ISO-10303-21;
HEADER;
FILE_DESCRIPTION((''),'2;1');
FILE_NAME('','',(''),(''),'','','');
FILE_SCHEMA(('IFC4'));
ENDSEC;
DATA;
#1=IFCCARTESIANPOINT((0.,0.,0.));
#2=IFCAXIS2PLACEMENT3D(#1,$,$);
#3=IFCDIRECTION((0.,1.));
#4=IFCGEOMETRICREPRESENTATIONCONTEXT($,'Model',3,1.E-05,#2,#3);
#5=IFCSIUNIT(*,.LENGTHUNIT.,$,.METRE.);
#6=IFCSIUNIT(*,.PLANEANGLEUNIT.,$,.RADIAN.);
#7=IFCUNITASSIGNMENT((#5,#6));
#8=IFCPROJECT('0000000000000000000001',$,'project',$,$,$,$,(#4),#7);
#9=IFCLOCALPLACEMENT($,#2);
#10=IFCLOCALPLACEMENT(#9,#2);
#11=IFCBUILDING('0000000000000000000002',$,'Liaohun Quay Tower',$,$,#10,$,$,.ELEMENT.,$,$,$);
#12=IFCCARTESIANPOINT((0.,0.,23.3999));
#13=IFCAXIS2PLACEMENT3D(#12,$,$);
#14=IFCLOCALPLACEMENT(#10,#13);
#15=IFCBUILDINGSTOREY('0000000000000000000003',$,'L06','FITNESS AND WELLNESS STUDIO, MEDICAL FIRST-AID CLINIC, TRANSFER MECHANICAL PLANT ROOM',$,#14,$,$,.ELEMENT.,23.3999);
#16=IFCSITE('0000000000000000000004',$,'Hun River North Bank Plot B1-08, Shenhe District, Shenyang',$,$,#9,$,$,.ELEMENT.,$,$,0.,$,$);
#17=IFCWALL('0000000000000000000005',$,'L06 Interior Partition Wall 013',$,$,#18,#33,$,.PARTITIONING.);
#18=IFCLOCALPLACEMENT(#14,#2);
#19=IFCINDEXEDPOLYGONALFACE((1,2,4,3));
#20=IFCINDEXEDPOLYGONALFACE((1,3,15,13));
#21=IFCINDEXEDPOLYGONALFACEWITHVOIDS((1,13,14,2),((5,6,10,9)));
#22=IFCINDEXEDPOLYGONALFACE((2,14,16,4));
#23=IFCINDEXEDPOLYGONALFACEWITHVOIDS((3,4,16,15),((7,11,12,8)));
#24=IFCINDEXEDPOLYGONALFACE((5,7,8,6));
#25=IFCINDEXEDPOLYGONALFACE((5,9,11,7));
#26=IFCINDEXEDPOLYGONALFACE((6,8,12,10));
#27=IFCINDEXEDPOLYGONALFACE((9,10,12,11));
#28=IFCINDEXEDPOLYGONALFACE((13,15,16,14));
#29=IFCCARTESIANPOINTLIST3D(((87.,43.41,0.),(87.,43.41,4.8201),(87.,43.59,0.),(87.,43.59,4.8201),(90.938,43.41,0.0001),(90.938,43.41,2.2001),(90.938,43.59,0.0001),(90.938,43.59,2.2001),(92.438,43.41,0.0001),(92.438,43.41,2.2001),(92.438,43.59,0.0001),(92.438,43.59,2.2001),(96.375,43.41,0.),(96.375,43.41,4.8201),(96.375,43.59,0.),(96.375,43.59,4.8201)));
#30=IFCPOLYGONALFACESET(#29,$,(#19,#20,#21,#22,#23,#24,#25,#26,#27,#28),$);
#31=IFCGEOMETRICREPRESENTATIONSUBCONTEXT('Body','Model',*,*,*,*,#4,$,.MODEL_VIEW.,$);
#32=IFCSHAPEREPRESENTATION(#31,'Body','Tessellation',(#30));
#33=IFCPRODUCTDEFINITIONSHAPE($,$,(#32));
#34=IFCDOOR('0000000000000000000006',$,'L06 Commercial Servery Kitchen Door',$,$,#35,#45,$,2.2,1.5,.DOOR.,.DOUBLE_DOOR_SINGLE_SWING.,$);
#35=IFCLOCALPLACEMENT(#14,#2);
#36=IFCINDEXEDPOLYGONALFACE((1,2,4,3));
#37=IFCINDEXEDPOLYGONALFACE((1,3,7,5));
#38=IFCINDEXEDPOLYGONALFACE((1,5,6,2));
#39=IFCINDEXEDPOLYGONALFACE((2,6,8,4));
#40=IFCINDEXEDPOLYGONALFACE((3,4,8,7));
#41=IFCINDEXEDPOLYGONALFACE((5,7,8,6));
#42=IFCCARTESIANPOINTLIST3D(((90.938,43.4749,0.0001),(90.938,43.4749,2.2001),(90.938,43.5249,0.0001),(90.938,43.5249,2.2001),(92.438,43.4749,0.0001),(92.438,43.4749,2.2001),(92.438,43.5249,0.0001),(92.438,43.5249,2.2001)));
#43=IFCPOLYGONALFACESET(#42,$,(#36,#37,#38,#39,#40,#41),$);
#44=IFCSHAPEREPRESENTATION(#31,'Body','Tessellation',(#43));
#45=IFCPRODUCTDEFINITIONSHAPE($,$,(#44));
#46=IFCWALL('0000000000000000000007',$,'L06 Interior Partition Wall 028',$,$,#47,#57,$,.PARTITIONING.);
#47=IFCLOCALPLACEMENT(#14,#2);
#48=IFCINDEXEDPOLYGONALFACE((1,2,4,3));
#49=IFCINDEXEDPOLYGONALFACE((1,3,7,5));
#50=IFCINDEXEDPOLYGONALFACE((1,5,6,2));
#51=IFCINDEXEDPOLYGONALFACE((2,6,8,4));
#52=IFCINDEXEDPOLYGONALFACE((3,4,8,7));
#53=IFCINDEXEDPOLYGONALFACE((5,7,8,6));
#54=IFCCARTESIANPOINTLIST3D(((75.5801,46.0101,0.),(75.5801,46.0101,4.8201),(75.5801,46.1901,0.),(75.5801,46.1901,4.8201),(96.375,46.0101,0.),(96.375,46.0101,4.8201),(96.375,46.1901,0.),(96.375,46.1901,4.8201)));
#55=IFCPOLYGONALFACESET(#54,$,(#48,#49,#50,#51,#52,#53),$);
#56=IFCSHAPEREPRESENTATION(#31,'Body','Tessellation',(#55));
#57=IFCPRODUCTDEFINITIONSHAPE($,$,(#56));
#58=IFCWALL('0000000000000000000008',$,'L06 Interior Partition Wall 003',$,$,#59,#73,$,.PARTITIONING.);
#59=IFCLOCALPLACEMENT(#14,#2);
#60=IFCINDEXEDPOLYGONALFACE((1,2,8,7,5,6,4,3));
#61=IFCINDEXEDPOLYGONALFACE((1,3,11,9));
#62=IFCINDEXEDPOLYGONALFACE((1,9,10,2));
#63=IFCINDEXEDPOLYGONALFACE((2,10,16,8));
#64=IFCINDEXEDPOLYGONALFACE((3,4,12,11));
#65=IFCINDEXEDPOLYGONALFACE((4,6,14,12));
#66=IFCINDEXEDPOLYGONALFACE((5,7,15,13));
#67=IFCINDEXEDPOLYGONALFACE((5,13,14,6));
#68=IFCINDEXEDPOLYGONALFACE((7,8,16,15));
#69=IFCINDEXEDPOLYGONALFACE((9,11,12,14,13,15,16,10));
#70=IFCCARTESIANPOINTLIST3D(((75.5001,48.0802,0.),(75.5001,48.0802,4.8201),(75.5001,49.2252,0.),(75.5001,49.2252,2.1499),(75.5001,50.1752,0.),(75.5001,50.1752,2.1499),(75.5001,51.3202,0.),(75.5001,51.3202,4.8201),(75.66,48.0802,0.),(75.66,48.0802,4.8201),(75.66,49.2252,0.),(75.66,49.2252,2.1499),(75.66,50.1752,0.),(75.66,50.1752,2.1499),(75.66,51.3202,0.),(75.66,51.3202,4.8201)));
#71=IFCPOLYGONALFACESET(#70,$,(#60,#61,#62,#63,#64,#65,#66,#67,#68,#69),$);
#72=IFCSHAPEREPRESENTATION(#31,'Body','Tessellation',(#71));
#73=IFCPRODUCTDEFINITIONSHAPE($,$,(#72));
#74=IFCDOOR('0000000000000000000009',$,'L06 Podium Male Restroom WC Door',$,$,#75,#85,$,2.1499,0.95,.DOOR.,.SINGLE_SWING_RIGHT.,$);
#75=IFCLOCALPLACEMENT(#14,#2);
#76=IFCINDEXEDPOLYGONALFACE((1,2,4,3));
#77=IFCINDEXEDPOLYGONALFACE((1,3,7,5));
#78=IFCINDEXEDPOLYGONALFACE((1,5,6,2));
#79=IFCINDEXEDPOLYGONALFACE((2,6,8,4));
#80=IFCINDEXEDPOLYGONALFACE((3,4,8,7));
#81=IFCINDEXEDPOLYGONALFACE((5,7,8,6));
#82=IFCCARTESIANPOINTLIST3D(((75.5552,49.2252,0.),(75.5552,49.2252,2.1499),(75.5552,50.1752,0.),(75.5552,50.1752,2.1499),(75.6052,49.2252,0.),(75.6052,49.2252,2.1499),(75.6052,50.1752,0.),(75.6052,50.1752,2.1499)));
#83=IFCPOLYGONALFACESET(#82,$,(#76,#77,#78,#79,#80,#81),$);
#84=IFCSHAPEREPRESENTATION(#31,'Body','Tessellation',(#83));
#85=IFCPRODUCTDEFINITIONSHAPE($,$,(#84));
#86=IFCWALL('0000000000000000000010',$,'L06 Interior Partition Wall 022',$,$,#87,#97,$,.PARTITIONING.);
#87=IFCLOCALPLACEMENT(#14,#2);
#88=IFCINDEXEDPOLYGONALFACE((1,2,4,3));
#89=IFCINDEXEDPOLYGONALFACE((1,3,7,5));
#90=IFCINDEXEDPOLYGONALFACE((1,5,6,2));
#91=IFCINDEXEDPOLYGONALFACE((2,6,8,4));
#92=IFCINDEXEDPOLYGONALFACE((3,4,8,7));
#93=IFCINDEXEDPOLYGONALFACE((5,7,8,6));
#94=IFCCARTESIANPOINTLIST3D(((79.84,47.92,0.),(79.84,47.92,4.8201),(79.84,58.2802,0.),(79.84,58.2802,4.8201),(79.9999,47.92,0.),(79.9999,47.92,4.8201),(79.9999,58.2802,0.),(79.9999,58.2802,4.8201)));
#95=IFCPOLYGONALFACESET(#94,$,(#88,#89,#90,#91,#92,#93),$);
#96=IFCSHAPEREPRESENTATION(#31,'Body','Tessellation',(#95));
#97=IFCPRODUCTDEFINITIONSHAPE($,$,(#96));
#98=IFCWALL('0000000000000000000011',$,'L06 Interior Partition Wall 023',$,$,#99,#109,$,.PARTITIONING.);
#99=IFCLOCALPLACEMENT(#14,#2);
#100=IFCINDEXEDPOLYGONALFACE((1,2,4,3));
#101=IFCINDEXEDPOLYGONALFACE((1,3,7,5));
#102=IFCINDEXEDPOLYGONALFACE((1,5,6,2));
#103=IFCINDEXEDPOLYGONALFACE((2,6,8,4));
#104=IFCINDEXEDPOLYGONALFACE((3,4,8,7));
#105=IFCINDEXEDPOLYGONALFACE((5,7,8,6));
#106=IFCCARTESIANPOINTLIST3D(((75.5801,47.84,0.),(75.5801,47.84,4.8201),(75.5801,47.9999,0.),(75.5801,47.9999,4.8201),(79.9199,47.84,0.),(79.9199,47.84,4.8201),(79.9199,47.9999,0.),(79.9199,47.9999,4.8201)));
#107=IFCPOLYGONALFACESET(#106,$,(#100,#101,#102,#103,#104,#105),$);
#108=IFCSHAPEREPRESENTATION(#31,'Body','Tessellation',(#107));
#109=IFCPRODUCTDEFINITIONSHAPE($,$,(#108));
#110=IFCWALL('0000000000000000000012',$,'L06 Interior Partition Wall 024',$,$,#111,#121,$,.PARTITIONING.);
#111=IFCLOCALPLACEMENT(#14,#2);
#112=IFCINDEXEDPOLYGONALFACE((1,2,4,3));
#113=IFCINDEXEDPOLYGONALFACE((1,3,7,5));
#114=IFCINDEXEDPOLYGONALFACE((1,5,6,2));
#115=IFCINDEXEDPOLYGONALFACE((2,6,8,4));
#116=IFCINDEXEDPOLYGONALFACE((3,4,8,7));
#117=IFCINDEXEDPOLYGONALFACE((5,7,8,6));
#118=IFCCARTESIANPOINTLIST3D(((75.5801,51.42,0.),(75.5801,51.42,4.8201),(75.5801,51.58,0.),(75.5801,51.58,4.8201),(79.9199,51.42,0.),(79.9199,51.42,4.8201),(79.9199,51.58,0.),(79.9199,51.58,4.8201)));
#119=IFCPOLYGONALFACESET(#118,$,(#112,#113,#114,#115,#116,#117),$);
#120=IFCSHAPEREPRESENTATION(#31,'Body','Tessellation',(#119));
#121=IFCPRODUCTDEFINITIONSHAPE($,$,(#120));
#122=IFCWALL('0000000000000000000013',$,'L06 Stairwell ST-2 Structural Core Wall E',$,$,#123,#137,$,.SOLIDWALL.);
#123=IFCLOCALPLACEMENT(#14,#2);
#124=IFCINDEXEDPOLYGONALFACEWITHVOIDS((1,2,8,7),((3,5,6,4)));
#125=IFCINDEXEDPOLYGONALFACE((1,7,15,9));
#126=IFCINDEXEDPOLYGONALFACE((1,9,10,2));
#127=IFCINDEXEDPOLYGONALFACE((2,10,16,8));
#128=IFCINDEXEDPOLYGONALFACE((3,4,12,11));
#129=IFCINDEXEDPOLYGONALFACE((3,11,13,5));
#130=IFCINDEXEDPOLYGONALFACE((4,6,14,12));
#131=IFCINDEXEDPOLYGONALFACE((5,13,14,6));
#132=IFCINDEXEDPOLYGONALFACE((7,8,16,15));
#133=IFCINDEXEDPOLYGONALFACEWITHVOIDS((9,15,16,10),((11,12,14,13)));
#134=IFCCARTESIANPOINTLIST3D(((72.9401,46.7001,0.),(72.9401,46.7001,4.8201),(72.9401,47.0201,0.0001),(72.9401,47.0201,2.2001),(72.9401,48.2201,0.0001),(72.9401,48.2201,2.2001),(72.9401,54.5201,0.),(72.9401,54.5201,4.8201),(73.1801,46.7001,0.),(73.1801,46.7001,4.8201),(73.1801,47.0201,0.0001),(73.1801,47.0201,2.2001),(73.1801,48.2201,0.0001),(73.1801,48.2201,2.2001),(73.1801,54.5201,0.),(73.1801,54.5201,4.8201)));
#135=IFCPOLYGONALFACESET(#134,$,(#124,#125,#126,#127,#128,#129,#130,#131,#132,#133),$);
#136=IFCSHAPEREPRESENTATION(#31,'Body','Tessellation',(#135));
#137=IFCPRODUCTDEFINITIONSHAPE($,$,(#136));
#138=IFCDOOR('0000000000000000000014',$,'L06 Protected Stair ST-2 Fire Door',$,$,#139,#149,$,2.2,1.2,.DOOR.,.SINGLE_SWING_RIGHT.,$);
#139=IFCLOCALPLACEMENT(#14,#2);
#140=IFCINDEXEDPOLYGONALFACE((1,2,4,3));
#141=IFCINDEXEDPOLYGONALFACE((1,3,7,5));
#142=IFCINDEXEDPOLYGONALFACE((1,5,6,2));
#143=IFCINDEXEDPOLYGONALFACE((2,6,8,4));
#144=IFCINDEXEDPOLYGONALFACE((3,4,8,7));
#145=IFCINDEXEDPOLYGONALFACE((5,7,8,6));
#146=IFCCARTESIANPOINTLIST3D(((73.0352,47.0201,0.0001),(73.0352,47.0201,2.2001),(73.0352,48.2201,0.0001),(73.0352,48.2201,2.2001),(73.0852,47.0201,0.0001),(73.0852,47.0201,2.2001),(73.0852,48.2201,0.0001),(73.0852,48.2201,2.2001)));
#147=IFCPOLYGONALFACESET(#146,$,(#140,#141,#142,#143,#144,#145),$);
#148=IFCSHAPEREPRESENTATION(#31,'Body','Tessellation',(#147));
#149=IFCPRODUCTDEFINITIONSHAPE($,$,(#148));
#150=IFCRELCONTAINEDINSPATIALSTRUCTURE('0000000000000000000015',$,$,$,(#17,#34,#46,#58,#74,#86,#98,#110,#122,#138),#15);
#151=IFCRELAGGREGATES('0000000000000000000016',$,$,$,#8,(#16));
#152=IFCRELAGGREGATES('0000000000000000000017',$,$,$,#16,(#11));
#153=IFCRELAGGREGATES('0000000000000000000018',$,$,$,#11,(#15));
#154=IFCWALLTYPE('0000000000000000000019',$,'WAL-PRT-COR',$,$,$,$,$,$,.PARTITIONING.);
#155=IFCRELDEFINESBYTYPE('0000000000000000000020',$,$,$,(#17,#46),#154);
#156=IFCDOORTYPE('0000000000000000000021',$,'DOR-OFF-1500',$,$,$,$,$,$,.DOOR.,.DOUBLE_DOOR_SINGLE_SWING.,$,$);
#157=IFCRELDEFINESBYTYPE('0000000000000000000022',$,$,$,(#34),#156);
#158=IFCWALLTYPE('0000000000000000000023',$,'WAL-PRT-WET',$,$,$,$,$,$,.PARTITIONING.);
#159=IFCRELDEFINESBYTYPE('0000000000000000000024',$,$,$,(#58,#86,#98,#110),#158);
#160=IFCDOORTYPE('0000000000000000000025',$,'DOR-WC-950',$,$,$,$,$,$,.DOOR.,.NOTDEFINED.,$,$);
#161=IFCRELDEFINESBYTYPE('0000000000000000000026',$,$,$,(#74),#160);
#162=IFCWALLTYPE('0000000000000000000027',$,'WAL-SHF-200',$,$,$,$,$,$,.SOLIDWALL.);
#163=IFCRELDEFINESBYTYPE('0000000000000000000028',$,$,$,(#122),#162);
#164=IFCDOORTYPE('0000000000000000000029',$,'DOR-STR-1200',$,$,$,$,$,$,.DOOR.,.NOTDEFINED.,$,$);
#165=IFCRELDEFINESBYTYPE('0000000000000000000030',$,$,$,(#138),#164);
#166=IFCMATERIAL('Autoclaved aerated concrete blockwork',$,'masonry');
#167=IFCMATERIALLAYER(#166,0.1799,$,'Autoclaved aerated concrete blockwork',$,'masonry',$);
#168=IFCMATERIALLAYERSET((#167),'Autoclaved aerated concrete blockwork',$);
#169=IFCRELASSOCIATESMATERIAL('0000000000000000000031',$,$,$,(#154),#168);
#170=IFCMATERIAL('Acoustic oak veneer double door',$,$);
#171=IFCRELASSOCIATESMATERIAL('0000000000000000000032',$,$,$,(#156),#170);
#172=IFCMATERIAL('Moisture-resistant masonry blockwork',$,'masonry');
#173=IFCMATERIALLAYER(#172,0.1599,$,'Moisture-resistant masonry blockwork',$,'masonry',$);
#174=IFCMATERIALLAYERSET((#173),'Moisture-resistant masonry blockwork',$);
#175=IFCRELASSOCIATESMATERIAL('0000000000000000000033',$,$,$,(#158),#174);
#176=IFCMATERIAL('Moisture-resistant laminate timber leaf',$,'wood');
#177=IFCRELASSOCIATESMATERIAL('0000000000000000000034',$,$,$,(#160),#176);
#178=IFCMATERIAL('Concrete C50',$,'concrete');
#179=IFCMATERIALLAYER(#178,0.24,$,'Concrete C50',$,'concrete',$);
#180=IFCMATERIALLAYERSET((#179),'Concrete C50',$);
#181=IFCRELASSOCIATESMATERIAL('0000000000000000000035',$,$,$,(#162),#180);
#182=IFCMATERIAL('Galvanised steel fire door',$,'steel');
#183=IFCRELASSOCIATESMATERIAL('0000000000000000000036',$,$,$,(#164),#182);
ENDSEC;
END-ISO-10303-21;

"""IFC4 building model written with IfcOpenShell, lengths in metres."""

from ifc_helpers import new_model, si_unit, direction, frame, frame_2d, origin, place, context, subcontext, project, spatial, rectangle, extrude, source, transform, mapped, material, layer, layer_set, type_object, element, fill, save


model = new_model("IFC4")

# Units and contexts
model_context = context("Model", 3, precision=1e-05, world=origin(), true_north=direction((0.0, 1.0)))
body_context = subcontext(model_context, "Body", "Model", "MODEL_VIEW")
ifc_project = project(units=[si_unit("LENGTHUNIT", "METRE"), si_unit("PLANEANGLEUNIT", "RADIAN")], contexts=[model_context])

# Site, building, storey
site_placement = place(None, origin())
site = spatial("IfcSite", under=ifc_project, at=site_placement, Name="Hun River North Bank Plot B1-08, Shenhe District, Shenyang", CompositionType="ELEMENT", RefElevation=0.0)
building_placement = place(site_placement, origin())
building = spatial("IfcBuilding", under=site, at=building_placement, Name="Liaohun Quay Tower", CompositionType="ELEMENT")
storey_placement = place(building_placement, frame((0.0, 0.0, 23.3999)))
storey = spatial("IfcBuildingStorey", under=building, at=storey_placement, Name="L06", Description="FITNESS AND WELLNESS STUDIO, MEDICAL FIRST-AID CLINIC, TRANSFER MECHANICAL PLANT ROOM", CompositionType="ELEMENT", Elevation=23.3999)

# Wall, opening, door
ifc_material_1 = material(Name="Autoclaved aerated concrete blockwork", Category="masonry")
ifc_layer_1 = layer(ifc_material_1, 0.1799, Name="Autoclaved aerated concrete blockwork", Category="masonry")
ifc_layer_set_1 = layer_set([ifc_layer_1], Name="Autoclaved aerated concrete blockwork")
wall_type_1 = type_object("IfcWallType", Name="WAL-PRT-COR", PredefinedType="PARTITIONING", material=ifc_layer_set_1)
wall_1_placement = place(storey_placement, frame((87.0, 43.5, 0.0), z_axis=(0.0, 0.0, 1.0), x_axis=(1.0, 0.0, 0.0)))
wall_1 = element("IfcWall", 1, at=wall_1_placement, inside=storey, type_object=wall_type_1, Name="L06 Interior Partition Wall 013", PredefinedType="PARTITIONING", context=body_context, shape_type="SweptSolid", body=[
    extrude(rectangle(XDim=9.375, YDim=0.1799, at=frame_2d((4.6875, 0.0))), origin(), (0.0, 0.0, 1.0), 4.8201),
])
shared_shape_1 = source(origin(), body_context, "Body", "SweptSolid", [
    extrude(rectangle(XDim=1.5, YDim=2.2, at=frame_2d((0.75, 1.1001))), frame((0.0, 0.0999, 0.0), z_axis=(0.0, -1.0, 0.0), x_axis=(1.0, 0.0, 0.0)), (0.0, 0.0, 1.0), 0.2),
])
opening_1_placement = place(wall_1_placement, frame((3.938, 0.0, 0.0)))
opening_1 = element("IfcOpeningElement", 2, at=opening_1_placement, cuts=wall_1, PredefinedType="OPENING", context=body_context, shape_type="MappedRepresentation", body=[
    mapped(shared_shape_1, transform((0.0, 0.0, 0.0), x_axis=(1.0, 0.0, 0.0), y_axis=(0.0, 1.0, 0.0), z_axis=(0.0, 0.0, 1.0), scale=1.0)),
])
ifc_material_2 = material(Name="Acoustic oak veneer double door")
door_type_1 = type_object("IfcDoorType", Name="DOR-OFF-1500", OperationType="DOUBLE_DOOR_SINGLE_SWING", PredefinedType="DOOR", material=ifc_material_2)
shared_shape_2 = source(origin(), body_context, "Body", "SweptSolid", [
    extrude(rectangle(XDim=1.5, YDim=2.2, at=frame_2d((0.75, 1.1001))), frame((0.0, 0.0249, 0.0), z_axis=(0.0, -1.0, 0.0), x_axis=(1.0, 0.0, 0.0)), (0.0, 0.0, 1.0), 0.05),
])
door_1_placement = place(opening_1_placement, origin())
door_1 = element("IfcDoor", 3, at=door_1_placement, inside=storey, type_object=door_type_1, Name="L06 Commercial Servery Kitchen Door", OperationType="DOUBLE_DOOR_SINGLE_SWING", OverallHeight=2.2, OverallWidth=1.5, PredefinedType="DOOR", context=body_context, shape_type="MappedRepresentation", body=[
    mapped(shared_shape_2, transform((0.0, 0.0, 0.0), x_axis=(1.0, 0.0, 0.0), y_axis=(0.0, 1.0, 0.0), z_axis=(0.0, 0.0, 1.0), scale=1.0)),
])
fill(opening_1, door_1)

# Wall
wall_2_placement = place(storey_placement, frame((75.5801, 46.1001, 0.0), z_axis=(0.0, 0.0, 1.0), x_axis=(1.0, 0.0, 0.0)))
element("IfcWall", 4, at=wall_2_placement, inside=storey, type_object=wall_type_1, Name="L06 Interior Partition Wall 028", PredefinedType="PARTITIONING", context=body_context, shape_type="SweptSolid", body=[
    extrude(rectangle(XDim=20.7949, YDim=0.1799, at=frame_2d((10.3975, 0.0))), origin(), (0.0, 0.0, 1.0), 4.8201),
])

# Wall, opening, door
ifc_material_3 = material(Name="Moisture-resistant masonry blockwork", Category="masonry")
ifc_layer_2 = layer(ifc_material_3, 0.1599, Name="Moisture-resistant masonry blockwork", Category="masonry")
ifc_layer_set_2 = layer_set([ifc_layer_2], Name="Moisture-resistant masonry blockwork")
wall_type_2 = type_object("IfcWallType", Name="WAL-PRT-WET", PredefinedType="PARTITIONING", material=ifc_layer_set_2)
wall_3_placement = place(storey_placement, frame((75.5801, 48.0801, 0.0), z_axis=(0.0, 0.0, 1.0), x_axis=(0.0, 1.0, 0.0)))
wall_3 = element("IfcWall", 5, at=wall_3_placement, inside=storey, type_object=wall_type_2, Name="L06 Interior Partition Wall 003", PredefinedType="PARTITIONING", context=body_context, shape_type="SweptSolid", body=[
    extrude(rectangle(XDim=3.24, YDim=0.1599, at=frame_2d((1.6201, 0.0))), origin(), (0.0, 0.0, 1.0), 4.8201),
])
shared_shape_3 = source(origin(), body_context, "Body", "SweptSolid", [
    extrude(rectangle(XDim=0.95, YDim=2.1499, at=frame_2d((0.4751, 1.075))), frame((0.0, 0.0898, 0.0), z_axis=(0.0, -1.0, 0.0), x_axis=(1.0, 0.0, 0.0)), (0.0, 0.0, 1.0), 0.1799),
])
opening_2_placement = place(wall_3_placement, frame((1.145, 0.0, 0.0)))
opening_2 = element("IfcOpeningElement", 6, at=opening_2_placement, cuts=wall_3, PredefinedType="OPENING", context=body_context, shape_type="MappedRepresentation", body=[
    mapped(shared_shape_3, transform((0.0, 0.0, 0.0), x_axis=(1.0, 0.0, 0.0), y_axis=(0.0, 1.0, 0.0), z_axis=(0.0, 0.0, 1.0), scale=1.0)),
])
ifc_material_4 = material(Name="Moisture-resistant laminate timber leaf", Category="wood")
door_type_2 = type_object("IfcDoorType", Name="DOR-WC-950", OperationType="NOTDEFINED", PredefinedType="DOOR", material=ifc_material_4)
shared_shape_4 = source(origin(), body_context, "Body", "SweptSolid", [
    extrude(rectangle(XDim=0.95, YDim=2.1499, at=frame_2d((0.4751, 1.075))), frame((0.0, 0.0249, 0.0), z_axis=(0.0, -1.0, 0.0), x_axis=(1.0, 0.0, 0.0)), (0.0, 0.0, 1.0), 0.05),
])
door_2_placement = place(opening_2_placement, origin())
door_2 = element("IfcDoor", 7, at=door_2_placement, inside=storey, type_object=door_type_2, Name="L06 Podium Male Restroom WC Door", OperationType="SINGLE_SWING_RIGHT", OverallHeight=2.1499, OverallWidth=0.95, PredefinedType="DOOR", context=body_context, shape_type="MappedRepresentation", body=[
    mapped(shared_shape_4, transform((0.0, 0.0, 0.0), x_axis=(1.0, 0.0, 0.0), y_axis=(0.0, 1.0, 0.0), z_axis=(0.0, 0.0, 1.0), scale=1.0)),
])
fill(opening_2, door_2)

# Walls
wall_4_placement = place(storey_placement, frame((79.9199, 47.9199, 0.0), z_axis=(0.0, 0.0, 1.0), x_axis=(0.0, 1.0, 0.0)))
element("IfcWall", 8, at=wall_4_placement, inside=storey, type_object=wall_type_2, Name="L06 Interior Partition Wall 022", PredefinedType="PARTITIONING", context=body_context, shape_type="SweptSolid", body=[
    extrude(rectangle(XDim=10.3601, YDim=0.1599, at=frame_2d((5.1802, 0.0))), origin(), (0.0, 0.0, 1.0), 4.8201),
])
for number, where, z_axis, x_axis, name in (
    (9, (75.5801, 47.9199, 0.0), (0.0, 0.0, 1.0), (1.0, 0.0, 0.0), "L06 Interior Partition Wall 023"),
    (10, (75.5801, 51.5, 0.0), (0.0, 0.0, 1.0), (1.0, 0.0, 0.0), "L06 Interior Partition Wall 024"),
):
    element("IfcWall", number, at=place(storey_placement, frame(where, z_axis=z_axis, x_axis=x_axis)), inside=storey, type_object=wall_type_2, Name=name, PredefinedType="PARTITIONING", context=body_context, shape_type="SweptSolid", body=[
        extrude(rectangle(XDim=4.3398, YDim=0.1599, at=frame_2d((2.1699, 0.0))), origin(), (0.0, 0.0, 1.0), 4.8201),
    ])

# Wall, opening, door
ifc_material_5 = material(Name="Concrete C50", Category="concrete")
ifc_layer_3 = layer(ifc_material_5, 0.24, Name="Concrete C50", Category="concrete")
ifc_layer_set_3 = layer_set([ifc_layer_3], Name="Concrete C50")
wall_type_3 = type_object("IfcWallType", Name="WAL-SHF-200", PredefinedType="SOLIDWALL", material=ifc_layer_set_3)
wall_5_placement = place(storey_placement, frame((73.0601, 46.7, 0.0), z_axis=(0.0, 0.0, 1.0), x_axis=(0.0, 1.0, 0.0)))
wall_5 = element("IfcWall", 11, at=wall_5_placement, inside=storey, type_object=wall_type_3, Name="L06 Stairwell ST-2 Structural Core Wall E", PredefinedType="SOLIDWALL", context=body_context, shape_type="SweptSolid", body=[
    extrude(rectangle(XDim=7.8201, YDim=0.24, at=frame_2d((3.9102, 0.0))), origin(), (0.0, 0.0, 1.0), 4.8201),
])
shared_shape_5 = source(origin(), body_context, "Body", "SweptSolid", [
    extrude(rectangle(XDim=1.2, YDim=2.2, at=frame_2d((0.6001, 1.1001))), frame((0.0, 0.1299, 0.0), z_axis=(0.0, -1.0, 0.0), x_axis=(1.0, 0.0, 0.0)), (0.0, 0.0, 1.0), 0.26),
])
opening_3_placement = place(wall_5_placement, frame((0.3201, 0.0, 0.0)))
opening_3 = element("IfcOpeningElement", 12, at=opening_3_placement, cuts=wall_5, PredefinedType="OPENING", context=body_context, shape_type="MappedRepresentation", body=[
    mapped(shared_shape_5, transform((0.0, 0.0, 0.0), x_axis=(1.0, 0.0, 0.0), y_axis=(0.0, 1.0, 0.0), z_axis=(0.0, 0.0, 1.0), scale=1.0)),
])
ifc_material_6 = material(Name="Galvanised steel fire door", Category="steel")
door_type_3 = type_object("IfcDoorType", Name="DOR-STR-1200", OperationType="NOTDEFINED", PredefinedType="DOOR", material=ifc_material_6)
shared_shape_6 = source(origin(), body_context, "Body", "SweptSolid", [
    extrude(rectangle(XDim=1.2, YDim=2.2, at=frame_2d((0.6001, 1.1001))), frame((0.0, 0.0249, 0.0), z_axis=(0.0, -1.0, 0.0), x_axis=(1.0, 0.0, 0.0)), (0.0, 0.0, 1.0), 0.05),
])
door_3_placement = place(opening_3_placement, origin())
door_3 = element("IfcDoor", 13, at=door_3_placement, inside=storey, type_object=door_type_3, Name="L06 Protected Stair ST-2 Fire Door", OperationType="SINGLE_SWING_RIGHT", OverallHeight=2.2, OverallWidth=1.2, PredefinedType="DOOR", context=body_context, shape_type="MappedRepresentation", body=[
    mapped(shared_shape_6, transform((0.0, 0.0, 0.0), x_axis=(1.0, 0.0, 0.0), y_axis=(0.0, 1.0, 0.0), z_axis=(0.0, 0.0, 1.0), scale=1.0)),
])
fill(opening_3, door_3)

save(model, "model.ifc")
